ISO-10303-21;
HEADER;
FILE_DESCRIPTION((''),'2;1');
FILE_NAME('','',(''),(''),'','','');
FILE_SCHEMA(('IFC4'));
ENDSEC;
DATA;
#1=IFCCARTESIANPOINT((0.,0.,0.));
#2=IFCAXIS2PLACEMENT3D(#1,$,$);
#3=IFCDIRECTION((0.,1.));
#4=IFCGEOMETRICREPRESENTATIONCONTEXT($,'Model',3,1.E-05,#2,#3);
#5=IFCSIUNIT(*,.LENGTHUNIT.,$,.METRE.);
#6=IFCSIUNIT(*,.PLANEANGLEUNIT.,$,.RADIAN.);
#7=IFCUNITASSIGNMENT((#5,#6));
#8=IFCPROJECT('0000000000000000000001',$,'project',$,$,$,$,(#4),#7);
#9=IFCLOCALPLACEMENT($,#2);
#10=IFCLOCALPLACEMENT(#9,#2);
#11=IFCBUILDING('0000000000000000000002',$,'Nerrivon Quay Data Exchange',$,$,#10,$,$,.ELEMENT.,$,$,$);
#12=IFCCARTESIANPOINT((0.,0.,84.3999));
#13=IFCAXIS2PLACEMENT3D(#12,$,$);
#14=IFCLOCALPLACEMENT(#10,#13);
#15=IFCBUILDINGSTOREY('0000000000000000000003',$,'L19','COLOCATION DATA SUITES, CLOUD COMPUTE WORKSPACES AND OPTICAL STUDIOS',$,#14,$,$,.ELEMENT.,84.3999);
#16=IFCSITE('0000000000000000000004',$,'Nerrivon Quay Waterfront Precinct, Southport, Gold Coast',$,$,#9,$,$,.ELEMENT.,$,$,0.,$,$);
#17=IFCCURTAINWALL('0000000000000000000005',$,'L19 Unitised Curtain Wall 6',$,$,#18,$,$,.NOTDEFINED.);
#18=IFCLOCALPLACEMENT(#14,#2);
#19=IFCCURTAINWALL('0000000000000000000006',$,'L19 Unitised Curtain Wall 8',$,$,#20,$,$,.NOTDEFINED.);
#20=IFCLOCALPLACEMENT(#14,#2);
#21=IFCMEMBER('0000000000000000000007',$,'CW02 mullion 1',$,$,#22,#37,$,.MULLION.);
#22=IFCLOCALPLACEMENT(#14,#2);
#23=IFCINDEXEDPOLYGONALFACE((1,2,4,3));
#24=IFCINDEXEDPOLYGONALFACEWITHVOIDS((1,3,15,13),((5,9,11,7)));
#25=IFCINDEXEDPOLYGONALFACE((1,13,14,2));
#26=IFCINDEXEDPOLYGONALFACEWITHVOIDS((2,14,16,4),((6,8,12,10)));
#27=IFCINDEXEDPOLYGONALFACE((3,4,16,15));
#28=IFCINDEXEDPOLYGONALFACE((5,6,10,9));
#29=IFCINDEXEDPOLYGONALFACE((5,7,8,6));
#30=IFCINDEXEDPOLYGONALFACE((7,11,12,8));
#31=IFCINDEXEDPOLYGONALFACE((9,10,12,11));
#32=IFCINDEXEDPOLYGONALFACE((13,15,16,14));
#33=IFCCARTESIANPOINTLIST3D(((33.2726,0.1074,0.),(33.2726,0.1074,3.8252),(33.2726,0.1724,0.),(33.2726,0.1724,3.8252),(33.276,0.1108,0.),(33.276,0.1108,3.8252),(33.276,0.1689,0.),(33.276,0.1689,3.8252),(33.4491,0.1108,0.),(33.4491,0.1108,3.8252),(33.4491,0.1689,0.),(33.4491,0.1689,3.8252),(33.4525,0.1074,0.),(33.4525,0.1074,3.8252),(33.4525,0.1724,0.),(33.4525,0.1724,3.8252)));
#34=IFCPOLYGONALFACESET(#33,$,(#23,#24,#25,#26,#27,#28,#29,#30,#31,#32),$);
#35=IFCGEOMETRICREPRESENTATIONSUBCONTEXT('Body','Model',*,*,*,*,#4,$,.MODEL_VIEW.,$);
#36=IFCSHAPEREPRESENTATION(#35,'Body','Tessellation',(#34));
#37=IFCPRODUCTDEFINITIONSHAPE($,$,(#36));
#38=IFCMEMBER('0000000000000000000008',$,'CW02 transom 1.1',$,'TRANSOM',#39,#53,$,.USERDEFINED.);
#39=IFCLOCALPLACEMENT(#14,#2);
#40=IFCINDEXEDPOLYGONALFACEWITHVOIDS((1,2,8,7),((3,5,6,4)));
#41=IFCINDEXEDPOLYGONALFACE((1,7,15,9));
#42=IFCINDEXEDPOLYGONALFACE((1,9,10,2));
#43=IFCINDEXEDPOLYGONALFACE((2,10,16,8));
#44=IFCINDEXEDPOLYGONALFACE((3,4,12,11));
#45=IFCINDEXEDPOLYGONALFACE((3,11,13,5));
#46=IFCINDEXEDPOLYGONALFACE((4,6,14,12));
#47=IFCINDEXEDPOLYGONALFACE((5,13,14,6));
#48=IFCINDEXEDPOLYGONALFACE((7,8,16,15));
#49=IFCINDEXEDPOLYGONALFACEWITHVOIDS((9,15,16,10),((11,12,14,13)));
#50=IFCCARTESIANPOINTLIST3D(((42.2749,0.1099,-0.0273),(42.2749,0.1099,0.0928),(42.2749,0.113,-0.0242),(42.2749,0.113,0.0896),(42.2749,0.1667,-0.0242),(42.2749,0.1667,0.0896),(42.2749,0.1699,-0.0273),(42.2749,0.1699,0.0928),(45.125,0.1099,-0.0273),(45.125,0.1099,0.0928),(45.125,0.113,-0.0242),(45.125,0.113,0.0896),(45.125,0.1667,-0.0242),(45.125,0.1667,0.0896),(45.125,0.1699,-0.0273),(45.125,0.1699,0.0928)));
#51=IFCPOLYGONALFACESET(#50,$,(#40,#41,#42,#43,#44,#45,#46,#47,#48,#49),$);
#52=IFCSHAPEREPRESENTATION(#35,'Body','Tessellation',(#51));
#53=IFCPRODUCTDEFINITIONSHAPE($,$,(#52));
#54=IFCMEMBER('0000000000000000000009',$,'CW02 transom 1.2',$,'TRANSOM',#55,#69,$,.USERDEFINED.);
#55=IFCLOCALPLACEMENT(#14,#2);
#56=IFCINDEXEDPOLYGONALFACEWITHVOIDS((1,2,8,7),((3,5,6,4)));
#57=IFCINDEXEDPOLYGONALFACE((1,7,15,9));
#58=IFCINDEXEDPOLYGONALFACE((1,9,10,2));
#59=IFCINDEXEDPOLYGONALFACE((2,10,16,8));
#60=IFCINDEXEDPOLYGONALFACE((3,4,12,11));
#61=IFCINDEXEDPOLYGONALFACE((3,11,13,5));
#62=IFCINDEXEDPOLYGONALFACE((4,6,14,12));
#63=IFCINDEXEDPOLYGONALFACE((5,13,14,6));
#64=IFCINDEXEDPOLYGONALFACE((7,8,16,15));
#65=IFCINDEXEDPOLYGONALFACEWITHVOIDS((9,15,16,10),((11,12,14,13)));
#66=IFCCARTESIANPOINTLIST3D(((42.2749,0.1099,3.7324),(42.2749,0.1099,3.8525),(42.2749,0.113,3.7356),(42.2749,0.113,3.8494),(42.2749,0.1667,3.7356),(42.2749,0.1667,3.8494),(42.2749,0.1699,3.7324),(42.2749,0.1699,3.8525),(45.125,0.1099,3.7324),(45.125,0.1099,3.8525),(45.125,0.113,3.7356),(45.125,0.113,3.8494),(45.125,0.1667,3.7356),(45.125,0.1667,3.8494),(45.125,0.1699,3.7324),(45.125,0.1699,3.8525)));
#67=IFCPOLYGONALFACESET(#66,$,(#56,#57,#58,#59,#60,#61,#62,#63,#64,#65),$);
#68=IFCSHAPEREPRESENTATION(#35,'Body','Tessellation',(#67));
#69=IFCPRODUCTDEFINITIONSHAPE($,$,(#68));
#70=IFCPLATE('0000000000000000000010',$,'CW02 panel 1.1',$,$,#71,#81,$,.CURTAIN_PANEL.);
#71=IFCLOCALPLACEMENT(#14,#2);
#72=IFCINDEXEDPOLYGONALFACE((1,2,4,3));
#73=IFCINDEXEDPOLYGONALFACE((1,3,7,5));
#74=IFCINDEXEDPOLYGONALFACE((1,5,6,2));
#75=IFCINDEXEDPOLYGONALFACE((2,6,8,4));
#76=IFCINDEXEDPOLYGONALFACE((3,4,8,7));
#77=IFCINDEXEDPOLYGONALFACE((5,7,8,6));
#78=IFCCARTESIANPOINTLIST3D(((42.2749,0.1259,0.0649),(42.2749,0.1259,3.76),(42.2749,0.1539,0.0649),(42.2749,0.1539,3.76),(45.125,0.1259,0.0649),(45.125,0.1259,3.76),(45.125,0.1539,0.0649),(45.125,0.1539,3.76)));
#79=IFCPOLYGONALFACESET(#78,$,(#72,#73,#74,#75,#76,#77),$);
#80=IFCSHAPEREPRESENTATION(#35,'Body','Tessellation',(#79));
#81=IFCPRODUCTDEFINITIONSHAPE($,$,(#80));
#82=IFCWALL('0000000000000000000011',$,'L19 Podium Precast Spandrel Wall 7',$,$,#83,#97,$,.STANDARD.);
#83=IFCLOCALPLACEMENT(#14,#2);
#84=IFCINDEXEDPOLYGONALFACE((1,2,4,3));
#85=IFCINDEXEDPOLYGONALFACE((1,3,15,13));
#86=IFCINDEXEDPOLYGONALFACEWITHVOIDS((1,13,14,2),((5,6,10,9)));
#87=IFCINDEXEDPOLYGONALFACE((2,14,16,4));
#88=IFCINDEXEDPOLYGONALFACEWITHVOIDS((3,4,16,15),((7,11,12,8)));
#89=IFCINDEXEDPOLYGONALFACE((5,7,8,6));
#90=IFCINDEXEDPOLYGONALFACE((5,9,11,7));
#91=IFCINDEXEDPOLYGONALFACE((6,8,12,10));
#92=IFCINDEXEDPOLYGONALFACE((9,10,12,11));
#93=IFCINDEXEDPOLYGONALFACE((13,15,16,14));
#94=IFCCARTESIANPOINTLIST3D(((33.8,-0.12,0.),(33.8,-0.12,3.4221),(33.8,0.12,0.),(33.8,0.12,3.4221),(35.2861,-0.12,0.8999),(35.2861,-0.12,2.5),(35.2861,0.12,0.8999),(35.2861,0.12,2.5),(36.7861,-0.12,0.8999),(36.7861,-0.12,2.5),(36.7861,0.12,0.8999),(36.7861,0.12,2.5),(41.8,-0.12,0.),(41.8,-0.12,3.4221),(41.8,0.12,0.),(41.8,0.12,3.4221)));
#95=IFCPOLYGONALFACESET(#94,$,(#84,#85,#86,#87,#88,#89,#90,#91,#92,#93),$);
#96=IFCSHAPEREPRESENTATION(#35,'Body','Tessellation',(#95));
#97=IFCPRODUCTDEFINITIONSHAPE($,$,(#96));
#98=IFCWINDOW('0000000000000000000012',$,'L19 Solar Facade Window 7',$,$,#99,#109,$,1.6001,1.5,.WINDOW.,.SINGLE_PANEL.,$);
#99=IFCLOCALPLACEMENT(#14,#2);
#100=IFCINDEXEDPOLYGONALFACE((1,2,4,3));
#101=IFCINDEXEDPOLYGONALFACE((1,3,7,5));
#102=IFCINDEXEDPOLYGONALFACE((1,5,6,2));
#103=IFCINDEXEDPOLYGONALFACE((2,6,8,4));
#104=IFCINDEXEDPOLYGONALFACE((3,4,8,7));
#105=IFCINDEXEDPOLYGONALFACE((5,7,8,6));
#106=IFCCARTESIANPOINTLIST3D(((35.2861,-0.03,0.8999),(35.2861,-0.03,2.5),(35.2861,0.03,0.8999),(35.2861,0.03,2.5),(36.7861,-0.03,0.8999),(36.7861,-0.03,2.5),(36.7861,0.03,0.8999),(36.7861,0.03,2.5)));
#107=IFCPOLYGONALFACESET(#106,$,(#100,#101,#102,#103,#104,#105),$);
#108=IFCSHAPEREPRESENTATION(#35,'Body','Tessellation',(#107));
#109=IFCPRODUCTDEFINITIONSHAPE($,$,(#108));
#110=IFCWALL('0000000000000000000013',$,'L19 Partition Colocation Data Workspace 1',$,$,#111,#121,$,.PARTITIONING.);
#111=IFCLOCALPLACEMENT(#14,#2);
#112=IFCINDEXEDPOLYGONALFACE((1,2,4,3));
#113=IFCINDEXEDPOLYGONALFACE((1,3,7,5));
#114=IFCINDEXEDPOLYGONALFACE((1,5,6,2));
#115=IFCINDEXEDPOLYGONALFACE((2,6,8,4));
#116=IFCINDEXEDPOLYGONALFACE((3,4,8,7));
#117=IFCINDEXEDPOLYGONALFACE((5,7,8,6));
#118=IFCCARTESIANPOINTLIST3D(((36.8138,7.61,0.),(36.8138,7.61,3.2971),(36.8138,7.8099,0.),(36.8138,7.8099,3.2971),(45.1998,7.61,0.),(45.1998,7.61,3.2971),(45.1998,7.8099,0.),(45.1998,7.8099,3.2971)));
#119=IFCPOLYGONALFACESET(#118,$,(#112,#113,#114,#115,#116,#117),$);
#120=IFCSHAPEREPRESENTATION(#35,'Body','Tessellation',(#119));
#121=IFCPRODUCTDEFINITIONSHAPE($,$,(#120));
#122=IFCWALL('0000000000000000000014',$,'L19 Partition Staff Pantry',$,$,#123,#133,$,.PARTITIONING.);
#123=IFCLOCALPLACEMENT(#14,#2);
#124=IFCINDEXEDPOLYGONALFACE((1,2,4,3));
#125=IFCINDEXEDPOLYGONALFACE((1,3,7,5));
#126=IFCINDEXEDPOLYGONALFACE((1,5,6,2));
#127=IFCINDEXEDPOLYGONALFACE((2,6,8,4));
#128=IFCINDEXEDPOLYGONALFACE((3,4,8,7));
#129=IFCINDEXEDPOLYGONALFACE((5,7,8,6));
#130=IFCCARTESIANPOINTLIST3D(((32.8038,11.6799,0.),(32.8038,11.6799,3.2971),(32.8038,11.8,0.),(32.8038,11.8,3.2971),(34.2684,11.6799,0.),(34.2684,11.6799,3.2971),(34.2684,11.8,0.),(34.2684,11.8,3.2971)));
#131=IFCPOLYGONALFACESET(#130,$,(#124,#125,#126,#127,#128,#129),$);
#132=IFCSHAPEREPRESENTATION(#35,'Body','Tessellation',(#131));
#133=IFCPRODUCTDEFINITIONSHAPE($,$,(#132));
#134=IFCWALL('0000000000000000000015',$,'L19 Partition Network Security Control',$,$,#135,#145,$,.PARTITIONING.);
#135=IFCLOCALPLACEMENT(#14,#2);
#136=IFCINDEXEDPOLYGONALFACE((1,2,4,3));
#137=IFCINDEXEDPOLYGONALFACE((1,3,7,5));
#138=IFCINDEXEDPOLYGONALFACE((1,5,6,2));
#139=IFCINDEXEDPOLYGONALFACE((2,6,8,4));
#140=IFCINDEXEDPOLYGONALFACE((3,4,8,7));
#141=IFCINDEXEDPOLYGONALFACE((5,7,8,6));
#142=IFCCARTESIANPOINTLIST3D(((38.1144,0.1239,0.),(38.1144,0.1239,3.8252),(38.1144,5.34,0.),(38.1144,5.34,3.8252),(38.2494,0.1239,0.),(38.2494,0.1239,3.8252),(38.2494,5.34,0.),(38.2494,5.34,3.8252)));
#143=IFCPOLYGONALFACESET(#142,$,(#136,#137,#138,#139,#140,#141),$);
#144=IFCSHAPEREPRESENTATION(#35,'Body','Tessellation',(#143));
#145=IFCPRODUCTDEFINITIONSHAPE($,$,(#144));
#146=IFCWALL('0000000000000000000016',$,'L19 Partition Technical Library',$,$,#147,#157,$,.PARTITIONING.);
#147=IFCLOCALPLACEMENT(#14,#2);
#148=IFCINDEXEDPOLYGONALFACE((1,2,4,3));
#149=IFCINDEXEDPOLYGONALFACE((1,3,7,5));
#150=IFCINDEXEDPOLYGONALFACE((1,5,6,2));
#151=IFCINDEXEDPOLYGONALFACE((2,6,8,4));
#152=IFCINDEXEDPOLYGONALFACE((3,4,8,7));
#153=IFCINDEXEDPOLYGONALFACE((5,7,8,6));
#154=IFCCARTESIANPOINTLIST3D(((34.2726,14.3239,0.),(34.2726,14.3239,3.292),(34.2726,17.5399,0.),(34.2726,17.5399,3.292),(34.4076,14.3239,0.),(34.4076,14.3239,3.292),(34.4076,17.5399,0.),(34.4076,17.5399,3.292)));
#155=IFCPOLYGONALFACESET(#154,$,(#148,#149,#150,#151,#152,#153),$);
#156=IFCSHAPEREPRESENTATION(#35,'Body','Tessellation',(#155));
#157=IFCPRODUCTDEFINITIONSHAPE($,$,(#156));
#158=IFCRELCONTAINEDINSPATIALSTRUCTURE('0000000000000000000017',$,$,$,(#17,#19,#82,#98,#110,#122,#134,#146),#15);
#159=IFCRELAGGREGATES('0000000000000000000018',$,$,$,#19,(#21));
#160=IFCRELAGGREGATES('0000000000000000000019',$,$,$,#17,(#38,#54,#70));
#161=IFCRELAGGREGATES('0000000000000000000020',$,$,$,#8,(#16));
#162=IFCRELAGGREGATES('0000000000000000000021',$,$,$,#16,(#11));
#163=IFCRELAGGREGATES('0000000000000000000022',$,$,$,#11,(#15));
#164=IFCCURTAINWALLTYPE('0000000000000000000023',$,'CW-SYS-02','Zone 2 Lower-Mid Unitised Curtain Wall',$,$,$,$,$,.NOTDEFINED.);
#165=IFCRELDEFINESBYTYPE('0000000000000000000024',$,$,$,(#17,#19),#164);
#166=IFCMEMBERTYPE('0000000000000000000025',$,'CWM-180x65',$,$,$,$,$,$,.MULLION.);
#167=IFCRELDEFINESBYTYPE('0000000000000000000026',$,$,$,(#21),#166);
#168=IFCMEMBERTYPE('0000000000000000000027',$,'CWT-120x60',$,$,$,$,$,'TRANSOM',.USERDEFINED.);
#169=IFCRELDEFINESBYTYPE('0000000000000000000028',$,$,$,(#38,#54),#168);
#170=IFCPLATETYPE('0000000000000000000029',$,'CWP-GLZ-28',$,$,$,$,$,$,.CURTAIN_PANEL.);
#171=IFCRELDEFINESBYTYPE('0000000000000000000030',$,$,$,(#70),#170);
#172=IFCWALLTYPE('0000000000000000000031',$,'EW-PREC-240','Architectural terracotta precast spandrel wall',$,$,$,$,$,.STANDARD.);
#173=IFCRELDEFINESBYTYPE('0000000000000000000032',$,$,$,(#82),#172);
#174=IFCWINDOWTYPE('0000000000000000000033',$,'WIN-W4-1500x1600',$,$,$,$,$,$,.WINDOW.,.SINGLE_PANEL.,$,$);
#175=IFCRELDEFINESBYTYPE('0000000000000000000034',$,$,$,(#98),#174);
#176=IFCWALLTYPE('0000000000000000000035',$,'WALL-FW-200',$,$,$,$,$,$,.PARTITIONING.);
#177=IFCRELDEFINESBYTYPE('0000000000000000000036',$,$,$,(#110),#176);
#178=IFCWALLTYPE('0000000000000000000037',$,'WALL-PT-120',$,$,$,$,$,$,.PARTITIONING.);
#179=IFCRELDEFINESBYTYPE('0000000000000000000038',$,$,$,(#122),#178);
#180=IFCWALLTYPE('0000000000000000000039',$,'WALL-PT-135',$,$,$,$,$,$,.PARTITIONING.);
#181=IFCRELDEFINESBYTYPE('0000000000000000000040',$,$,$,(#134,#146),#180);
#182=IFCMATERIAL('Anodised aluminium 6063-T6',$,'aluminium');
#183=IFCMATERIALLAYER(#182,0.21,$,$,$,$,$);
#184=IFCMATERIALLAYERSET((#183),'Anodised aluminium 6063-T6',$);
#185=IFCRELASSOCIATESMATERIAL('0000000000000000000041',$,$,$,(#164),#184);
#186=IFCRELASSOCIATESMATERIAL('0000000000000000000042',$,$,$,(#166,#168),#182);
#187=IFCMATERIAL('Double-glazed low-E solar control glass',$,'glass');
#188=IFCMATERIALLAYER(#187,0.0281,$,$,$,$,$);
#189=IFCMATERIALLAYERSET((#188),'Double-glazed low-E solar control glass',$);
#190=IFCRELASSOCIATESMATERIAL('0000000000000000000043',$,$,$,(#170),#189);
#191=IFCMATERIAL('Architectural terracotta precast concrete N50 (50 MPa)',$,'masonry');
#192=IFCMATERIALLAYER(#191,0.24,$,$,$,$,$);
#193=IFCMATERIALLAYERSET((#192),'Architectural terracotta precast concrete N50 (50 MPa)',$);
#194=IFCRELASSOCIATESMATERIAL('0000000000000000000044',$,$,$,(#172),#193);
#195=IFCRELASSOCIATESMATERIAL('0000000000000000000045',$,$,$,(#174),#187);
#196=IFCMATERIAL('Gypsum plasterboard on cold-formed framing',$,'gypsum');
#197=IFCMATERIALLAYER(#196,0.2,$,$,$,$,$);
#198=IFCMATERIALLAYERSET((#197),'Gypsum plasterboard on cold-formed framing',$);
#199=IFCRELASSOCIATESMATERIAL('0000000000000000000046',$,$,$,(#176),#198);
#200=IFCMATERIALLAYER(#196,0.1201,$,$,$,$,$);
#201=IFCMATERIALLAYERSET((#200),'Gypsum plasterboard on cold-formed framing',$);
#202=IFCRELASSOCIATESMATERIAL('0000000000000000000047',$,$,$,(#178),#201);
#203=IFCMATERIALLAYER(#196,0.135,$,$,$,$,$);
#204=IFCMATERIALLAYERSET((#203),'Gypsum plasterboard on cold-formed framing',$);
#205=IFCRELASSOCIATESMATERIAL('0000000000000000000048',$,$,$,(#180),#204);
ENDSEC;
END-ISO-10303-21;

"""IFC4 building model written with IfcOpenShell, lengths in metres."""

from ifc_helpers import new_model, si_unit, direction, frame, frame_2d, origin, origin_2d, place, context, subcontext, project, spatial, rectangle, hollow_rectangle, extrude, material, layer, layer_set, material_profile, profile_set, type_object, element, fill, aggregate, save


model = new_model("IFC4")

# Units and contexts
model_context = context("Model", 3, precision=1e-05, world=origin(), true_north=direction((0.0, 1.0)))
body_context = subcontext(model_context, "Body", "Model", "MODEL_VIEW")
ifc_project = project(units=[si_unit("LENGTHUNIT", "METRE"), si_unit("PLANEANGLEUNIT", "RADIAN")], contexts=[model_context])

# Site, building, storey
site_placement = place(None, origin())
site = spatial("IfcSite", under=ifc_project, at=site_placement, Name="Nerrivon Quay Waterfront Precinct, Southport, Gold Coast", CompositionType="ELEMENT", RefElevation=0.0)
building_placement = place(site_placement, origin())
building = spatial("IfcBuilding", under=site, at=building_placement, Name="Nerrivon Quay Data Exchange", CompositionType="ELEMENT")
storey_placement = place(building_placement, frame((0.0, 0.0, 84.3999)))
storey = spatial("IfcBuildingStorey", under=building, at=storey_placement, Name="L19", Description="COLOCATION DATA SUITES, CLOUD COMPUTE WORKSPACES AND OPTICAL STUDIOS", CompositionType="ELEMENT", Elevation=84.3999)

# Curtain walls, member
ifc_material_1 = material(Name="Anodised aluminium 6063-T6", Category="aluminium")
ifc_layer_1 = layer(ifc_material_1, 0.21)
ifc_layer_set_1 = layer_set([ifc_layer_1], Name="Anodised aluminium 6063-T6")
curtain_wall_type = type_object("IfcCurtainWallType", Name="CW-SYS-02", Description="Zone 2 Lower-Mid Unitised Curtain Wall", PredefinedType="NOTDEFINED", material=ifc_layer_set_1)
ifc_material_profile_1 = material_profile(ifc_material_1, hollow_rectangle(XDim=0.0649, YDim=0.1799, WallThickness=0.0034, at=origin_2d()), Name="ALU-MULL-180x65")
ifc_profile_set_1 = profile_set([ifc_material_profile_1], Name="Anodised aluminium 6063-T6")
member_type_1 = type_object("IfcMemberType", Name="CWM-180x65", PredefinedType="MULLION", material=ifc_profile_set_1)
curtain_wall_1_placement = place(storey_placement, origin())
curtain_wall_1 = element("IfcCurtainWall", 1, at=curtain_wall_1_placement, inside=storey, type_object=curtain_wall_type, Name="L19 Unitised Curtain Wall 6", PredefinedType="NOTDEFINED")
curtain_wall_2_placement = place(storey_placement, origin())
curtain_wall_2 = element("IfcCurtainWall", 2, at=curtain_wall_2_placement, inside=storey, type_object=curtain_wall_type, Name="L19 Unitised Curtain Wall 8", PredefinedType="NOTDEFINED")
member_1_placement = place(storey_placement, frame((33.3625, 0.1399, 0.0), z_axis=(0.0, 0.0, 1.0), x_axis=(0.0, -1.0, 0.0)))
member_1 = element("IfcMember", 3, at=member_1_placement, type_object=member_type_1, Name="CW02 mullion 1", PredefinedType="MULLION", context=body_context, shape_type="SweptSolid", body=[
    extrude(hollow_rectangle(XDim=0.0649, YDim=0.1799, WallThickness=0.0034, at=origin_2d()), origin(), (0.0, 0.0, 1.0), 3.8252),
])
aggregate(curtain_wall_2, [member_1])

# Members
ifc_material_profile_2 = material_profile(ifc_material_1, hollow_rectangle(XDim=0.0601, YDim=0.1201, WallThickness=0.0032, at=origin_2d()), Name="ALU-TRAN-120x60")
ifc_profile_set_2 = profile_set([ifc_material_profile_2], Name="Anodised aluminium 6063-T6")
member_type_2 = type_object("IfcMemberType", Name="CWT-120x60", ElementType="TRANSOM", PredefinedType="USERDEFINED", material=ifc_profile_set_2)
member_2_placement = place(storey_placement, frame((45.125, 0.1399, 0.0327), z_axis=(-1.0, 0.0, 0.0), x_axis=(0.0, -1.0, 0.0)))
member_2 = element("IfcMember", 4, at=member_2_placement, type_object=member_type_2, Name="CW02 transom 1.1", ObjectType="TRANSOM", PredefinedType="USERDEFINED", context=body_context, shape_type="SweptSolid", body=[
    extrude(hollow_rectangle(XDim=0.0601, YDim=0.1201, WallThickness=0.0032, at=origin_2d()), origin(), (0.0, 0.0, 1.0), 2.8501),
])
member_3_placement = place(storey_placement, frame((45.125, 0.1399, 3.7925), z_axis=(-1.0, 0.0, 0.0), x_axis=(0.0, -1.0, 0.0)))
member_3 = element("IfcMember", 5, at=member_3_placement, type_object=member_type_2, Name="CW02 transom 1.2", ObjectType="TRANSOM", PredefinedType="USERDEFINED", context=body_context, shape_type="SweptSolid", body=[
    extrude(hollow_rectangle(XDim=0.0601, YDim=0.1201, WallThickness=0.0032, at=origin_2d()), origin(), (0.0, 0.0, 1.0), 2.8501),
])

# Plate
ifc_material_2 = material(Name="Double-glazed low-E solar control glass", Category="glass")
ifc_layer_2 = layer(ifc_material_2, 0.0281)
ifc_layer_set_2 = layer_set([ifc_layer_2], Name="Double-glazed low-E solar control glass")
plate_type = type_object("IfcPlateType", Name="CWP-GLZ-28", PredefinedType="CURTAIN_PANEL", material=ifc_layer_set_2)
plate_placement = place(storey_placement, frame((43.7, 0.1399, 0.0649), z_axis=(0.0, 0.0, 1.0), x_axis=(-1.0, 0.0, 0.0)))
plate = element("IfcPlate", 6, at=plate_placement, type_object=plate_type, Name="CW02 panel 1.1", PredefinedType="CURTAIN_PANEL", context=body_context, shape_type="SweptSolid", body=[
    extrude(rectangle(XDim=2.8501, YDim=0.0281, at=origin_2d()), origin(), (0.0, 0.0, 1.0), 3.6951),
])
aggregate(curtain_wall_1, [member_2, member_3, plate])

# Wall, opening, window
ifc_material_3 = material(Name="Architectural terracotta precast concrete N50 (50 MPa)", Category="masonry")
ifc_layer_3 = layer(ifc_material_3, 0.24)
ifc_layer_set_3 = layer_set([ifc_layer_3], Name="Architectural terracotta precast concrete N50 (50 MPa)")
wall_type_1 = type_object("IfcWallType", Name="EW-PREC-240", Description="Architectural terracotta precast spandrel wall", PredefinedType="STANDARD", material=ifc_layer_set_3)
wall_1_placement = place(storey_placement, frame((41.8, 0.0, 0.0), z_axis=(0.0, 0.0, 1.0), x_axis=(-1.0, 0.0, 0.0)))
wall_1 = element("IfcWall", 7, at=wall_1_placement, inside=storey, type_object=wall_type_1, Name="L19 Podium Precast Spandrel Wall 7", PredefinedType="STANDARD", context=body_context, shape_type="SweptSolid", body=[
    extrude(rectangle(XDim=8.0, YDim=0.24, at=frame_2d((4.0, 0.0))), origin(), (0.0, 0.0, 1.0), 3.4221),
])
opening_1_placement = place(wall_1_placement, frame((5.0139, 0.0, 0.8999)))
opening_1 = element("IfcOpeningElement", 8, at=opening_1_placement, cuts=wall_1, PredefinedType="OPENING", context=body_context, shape_type="SweptSolid", body=[
    extrude(rectangle(XDim=1.5, YDim=1.6001, at=frame_2d((0.75, 0.8))), frame((0.0, 0.1299, 0.0), z_axis=(0.0, -1.0, 0.0), x_axis=(1.0, 0.0, 0.0)), (0.0, 0.0, 1.0), 0.26),
])
window_type = type_object("IfcWindowType", Name="WIN-W4-1500x1600", PartitioningType="SINGLE_PANEL", PredefinedType="WINDOW", material=ifc_material_2)
window_placement = place(opening_1_placement, origin())
window = element("IfcWindow", 9, at=window_placement, inside=storey, type_object=window_type, Name="L19 Solar Facade Window 7", OverallHeight=1.6001, OverallWidth=1.5, PartitioningType="SINGLE_PANEL", PredefinedType="WINDOW", context=body_context, shape_type="SweptSolid", body=[
    extrude(rectangle(XDim=1.5, YDim=1.6001, at=frame_2d((0.75, 0.8))), frame((0.0, 0.03, 0.0), z_axis=(0.0, -1.0, 0.0), x_axis=(1.0, 0.0, 0.0)), (0.0, 0.0, 1.0), 0.0601),
])
fill(opening_1, window)

# Walls
ifc_material_4 = material(Name="Gypsum plasterboard on cold-formed framing", Category="gypsum")
ifc_layer_4 = layer(ifc_material_4, 0.2)
ifc_layer_set_4 = layer_set([ifc_layer_4], Name="Gypsum plasterboard on cold-formed framing")
wall_type_2 = type_object("IfcWallType", Name="WALL-FW-200", PredefinedType="PARTITIONING", material=ifc_layer_set_4)
wall_2_placement = place(storey_placement, frame((36.814, 7.71, 0.0), z_axis=(0.0, 0.0, 1.0), x_axis=(1.0, 0.0, 0.0)))
element("IfcWall", 10, at=wall_2_placement, inside=storey, type_object=wall_type_2, Name="L19 Partition Colocation Data Workspace 1", PredefinedType="PARTITIONING", context=body_context, shape_type="SweptSolid", body=[
    extrude(rectangle(XDim=8.386, YDim=0.2, at=frame_2d((4.1929, 0.0))), origin(), (0.0, 0.0, 1.0), 3.2971),
])
ifc_layer_5 = layer(ifc_material_4, 0.1201)
ifc_layer_set_5 = layer_set([ifc_layer_5], Name="Gypsum plasterboard on cold-formed framing")
wall_type_3 = type_object("IfcWallType", Name="WALL-PT-120", PredefinedType="PARTITIONING", material=ifc_layer_set_5)
wall_3_placement = place(storey_placement, frame((34.2686, 11.74, 0.0), z_axis=(0.0, 0.0, 1.0), x_axis=(-1.0, 0.0, 0.0)))
element("IfcWall", 11, at=wall_3_placement, inside=storey, type_object=wall_type_3, Name="L19 Partition Staff Pantry", PredefinedType="PARTITIONING", context=body_context, shape_type="SweptSolid", body=[
    extrude(rectangle(XDim=1.4646, YDim=0.1201, at=frame_2d((0.7324, 0.0))), origin(), (0.0, 0.0, 1.0), 3.2971),
])

# Shared definitions
ifc_layer_6 = layer(ifc_material_4, 0.135)
ifc_layer_set_6 = layer_set([ifc_layer_6], Name="Gypsum plasterboard on cold-formed framing")
wall_type_4 = type_object("IfcWallType", Name="WALL-PT-135", PredefinedType="PARTITIONING", material=ifc_layer_set_6)

# Walls
wall_4_placement = place(storey_placement, frame((38.1819, 0.124, 0.0), z_axis=(0.0, 0.0, 1.0), x_axis=(0.0, 1.0, 0.0)))
element("IfcWall", 12, at=wall_4_placement, inside=storey, type_object=wall_type_4, Name="L19 Partition Network Security Control", PredefinedType="PARTITIONING", context=body_context, shape_type="SweptSolid", body=[
    extrude(rectangle(XDim=5.2161, YDim=0.135, at=frame_2d((2.6079, 0.0))), origin(), (0.0, 0.0, 1.0), 3.8252),
])
wall_5_placement = place(storey_placement, frame((34.3401, 14.324, 0.0), z_axis=(0.0, 0.0, 1.0), x_axis=(0.0, 1.0, 0.0)))
element("IfcWall", 13, at=wall_5_placement, inside=storey, type_object=wall_type_4, Name="L19 Partition Technical Library", PredefinedType="PARTITIONING", context=body_context, shape_type="SweptSolid", body=[
    extrude(rectangle(XDim=3.2161, YDim=0.135, at=frame_2d((1.6079, 0.0))), origin(), (0.0, 0.0, 1.0), 3.292),
])

save(model, "model.ifc")
